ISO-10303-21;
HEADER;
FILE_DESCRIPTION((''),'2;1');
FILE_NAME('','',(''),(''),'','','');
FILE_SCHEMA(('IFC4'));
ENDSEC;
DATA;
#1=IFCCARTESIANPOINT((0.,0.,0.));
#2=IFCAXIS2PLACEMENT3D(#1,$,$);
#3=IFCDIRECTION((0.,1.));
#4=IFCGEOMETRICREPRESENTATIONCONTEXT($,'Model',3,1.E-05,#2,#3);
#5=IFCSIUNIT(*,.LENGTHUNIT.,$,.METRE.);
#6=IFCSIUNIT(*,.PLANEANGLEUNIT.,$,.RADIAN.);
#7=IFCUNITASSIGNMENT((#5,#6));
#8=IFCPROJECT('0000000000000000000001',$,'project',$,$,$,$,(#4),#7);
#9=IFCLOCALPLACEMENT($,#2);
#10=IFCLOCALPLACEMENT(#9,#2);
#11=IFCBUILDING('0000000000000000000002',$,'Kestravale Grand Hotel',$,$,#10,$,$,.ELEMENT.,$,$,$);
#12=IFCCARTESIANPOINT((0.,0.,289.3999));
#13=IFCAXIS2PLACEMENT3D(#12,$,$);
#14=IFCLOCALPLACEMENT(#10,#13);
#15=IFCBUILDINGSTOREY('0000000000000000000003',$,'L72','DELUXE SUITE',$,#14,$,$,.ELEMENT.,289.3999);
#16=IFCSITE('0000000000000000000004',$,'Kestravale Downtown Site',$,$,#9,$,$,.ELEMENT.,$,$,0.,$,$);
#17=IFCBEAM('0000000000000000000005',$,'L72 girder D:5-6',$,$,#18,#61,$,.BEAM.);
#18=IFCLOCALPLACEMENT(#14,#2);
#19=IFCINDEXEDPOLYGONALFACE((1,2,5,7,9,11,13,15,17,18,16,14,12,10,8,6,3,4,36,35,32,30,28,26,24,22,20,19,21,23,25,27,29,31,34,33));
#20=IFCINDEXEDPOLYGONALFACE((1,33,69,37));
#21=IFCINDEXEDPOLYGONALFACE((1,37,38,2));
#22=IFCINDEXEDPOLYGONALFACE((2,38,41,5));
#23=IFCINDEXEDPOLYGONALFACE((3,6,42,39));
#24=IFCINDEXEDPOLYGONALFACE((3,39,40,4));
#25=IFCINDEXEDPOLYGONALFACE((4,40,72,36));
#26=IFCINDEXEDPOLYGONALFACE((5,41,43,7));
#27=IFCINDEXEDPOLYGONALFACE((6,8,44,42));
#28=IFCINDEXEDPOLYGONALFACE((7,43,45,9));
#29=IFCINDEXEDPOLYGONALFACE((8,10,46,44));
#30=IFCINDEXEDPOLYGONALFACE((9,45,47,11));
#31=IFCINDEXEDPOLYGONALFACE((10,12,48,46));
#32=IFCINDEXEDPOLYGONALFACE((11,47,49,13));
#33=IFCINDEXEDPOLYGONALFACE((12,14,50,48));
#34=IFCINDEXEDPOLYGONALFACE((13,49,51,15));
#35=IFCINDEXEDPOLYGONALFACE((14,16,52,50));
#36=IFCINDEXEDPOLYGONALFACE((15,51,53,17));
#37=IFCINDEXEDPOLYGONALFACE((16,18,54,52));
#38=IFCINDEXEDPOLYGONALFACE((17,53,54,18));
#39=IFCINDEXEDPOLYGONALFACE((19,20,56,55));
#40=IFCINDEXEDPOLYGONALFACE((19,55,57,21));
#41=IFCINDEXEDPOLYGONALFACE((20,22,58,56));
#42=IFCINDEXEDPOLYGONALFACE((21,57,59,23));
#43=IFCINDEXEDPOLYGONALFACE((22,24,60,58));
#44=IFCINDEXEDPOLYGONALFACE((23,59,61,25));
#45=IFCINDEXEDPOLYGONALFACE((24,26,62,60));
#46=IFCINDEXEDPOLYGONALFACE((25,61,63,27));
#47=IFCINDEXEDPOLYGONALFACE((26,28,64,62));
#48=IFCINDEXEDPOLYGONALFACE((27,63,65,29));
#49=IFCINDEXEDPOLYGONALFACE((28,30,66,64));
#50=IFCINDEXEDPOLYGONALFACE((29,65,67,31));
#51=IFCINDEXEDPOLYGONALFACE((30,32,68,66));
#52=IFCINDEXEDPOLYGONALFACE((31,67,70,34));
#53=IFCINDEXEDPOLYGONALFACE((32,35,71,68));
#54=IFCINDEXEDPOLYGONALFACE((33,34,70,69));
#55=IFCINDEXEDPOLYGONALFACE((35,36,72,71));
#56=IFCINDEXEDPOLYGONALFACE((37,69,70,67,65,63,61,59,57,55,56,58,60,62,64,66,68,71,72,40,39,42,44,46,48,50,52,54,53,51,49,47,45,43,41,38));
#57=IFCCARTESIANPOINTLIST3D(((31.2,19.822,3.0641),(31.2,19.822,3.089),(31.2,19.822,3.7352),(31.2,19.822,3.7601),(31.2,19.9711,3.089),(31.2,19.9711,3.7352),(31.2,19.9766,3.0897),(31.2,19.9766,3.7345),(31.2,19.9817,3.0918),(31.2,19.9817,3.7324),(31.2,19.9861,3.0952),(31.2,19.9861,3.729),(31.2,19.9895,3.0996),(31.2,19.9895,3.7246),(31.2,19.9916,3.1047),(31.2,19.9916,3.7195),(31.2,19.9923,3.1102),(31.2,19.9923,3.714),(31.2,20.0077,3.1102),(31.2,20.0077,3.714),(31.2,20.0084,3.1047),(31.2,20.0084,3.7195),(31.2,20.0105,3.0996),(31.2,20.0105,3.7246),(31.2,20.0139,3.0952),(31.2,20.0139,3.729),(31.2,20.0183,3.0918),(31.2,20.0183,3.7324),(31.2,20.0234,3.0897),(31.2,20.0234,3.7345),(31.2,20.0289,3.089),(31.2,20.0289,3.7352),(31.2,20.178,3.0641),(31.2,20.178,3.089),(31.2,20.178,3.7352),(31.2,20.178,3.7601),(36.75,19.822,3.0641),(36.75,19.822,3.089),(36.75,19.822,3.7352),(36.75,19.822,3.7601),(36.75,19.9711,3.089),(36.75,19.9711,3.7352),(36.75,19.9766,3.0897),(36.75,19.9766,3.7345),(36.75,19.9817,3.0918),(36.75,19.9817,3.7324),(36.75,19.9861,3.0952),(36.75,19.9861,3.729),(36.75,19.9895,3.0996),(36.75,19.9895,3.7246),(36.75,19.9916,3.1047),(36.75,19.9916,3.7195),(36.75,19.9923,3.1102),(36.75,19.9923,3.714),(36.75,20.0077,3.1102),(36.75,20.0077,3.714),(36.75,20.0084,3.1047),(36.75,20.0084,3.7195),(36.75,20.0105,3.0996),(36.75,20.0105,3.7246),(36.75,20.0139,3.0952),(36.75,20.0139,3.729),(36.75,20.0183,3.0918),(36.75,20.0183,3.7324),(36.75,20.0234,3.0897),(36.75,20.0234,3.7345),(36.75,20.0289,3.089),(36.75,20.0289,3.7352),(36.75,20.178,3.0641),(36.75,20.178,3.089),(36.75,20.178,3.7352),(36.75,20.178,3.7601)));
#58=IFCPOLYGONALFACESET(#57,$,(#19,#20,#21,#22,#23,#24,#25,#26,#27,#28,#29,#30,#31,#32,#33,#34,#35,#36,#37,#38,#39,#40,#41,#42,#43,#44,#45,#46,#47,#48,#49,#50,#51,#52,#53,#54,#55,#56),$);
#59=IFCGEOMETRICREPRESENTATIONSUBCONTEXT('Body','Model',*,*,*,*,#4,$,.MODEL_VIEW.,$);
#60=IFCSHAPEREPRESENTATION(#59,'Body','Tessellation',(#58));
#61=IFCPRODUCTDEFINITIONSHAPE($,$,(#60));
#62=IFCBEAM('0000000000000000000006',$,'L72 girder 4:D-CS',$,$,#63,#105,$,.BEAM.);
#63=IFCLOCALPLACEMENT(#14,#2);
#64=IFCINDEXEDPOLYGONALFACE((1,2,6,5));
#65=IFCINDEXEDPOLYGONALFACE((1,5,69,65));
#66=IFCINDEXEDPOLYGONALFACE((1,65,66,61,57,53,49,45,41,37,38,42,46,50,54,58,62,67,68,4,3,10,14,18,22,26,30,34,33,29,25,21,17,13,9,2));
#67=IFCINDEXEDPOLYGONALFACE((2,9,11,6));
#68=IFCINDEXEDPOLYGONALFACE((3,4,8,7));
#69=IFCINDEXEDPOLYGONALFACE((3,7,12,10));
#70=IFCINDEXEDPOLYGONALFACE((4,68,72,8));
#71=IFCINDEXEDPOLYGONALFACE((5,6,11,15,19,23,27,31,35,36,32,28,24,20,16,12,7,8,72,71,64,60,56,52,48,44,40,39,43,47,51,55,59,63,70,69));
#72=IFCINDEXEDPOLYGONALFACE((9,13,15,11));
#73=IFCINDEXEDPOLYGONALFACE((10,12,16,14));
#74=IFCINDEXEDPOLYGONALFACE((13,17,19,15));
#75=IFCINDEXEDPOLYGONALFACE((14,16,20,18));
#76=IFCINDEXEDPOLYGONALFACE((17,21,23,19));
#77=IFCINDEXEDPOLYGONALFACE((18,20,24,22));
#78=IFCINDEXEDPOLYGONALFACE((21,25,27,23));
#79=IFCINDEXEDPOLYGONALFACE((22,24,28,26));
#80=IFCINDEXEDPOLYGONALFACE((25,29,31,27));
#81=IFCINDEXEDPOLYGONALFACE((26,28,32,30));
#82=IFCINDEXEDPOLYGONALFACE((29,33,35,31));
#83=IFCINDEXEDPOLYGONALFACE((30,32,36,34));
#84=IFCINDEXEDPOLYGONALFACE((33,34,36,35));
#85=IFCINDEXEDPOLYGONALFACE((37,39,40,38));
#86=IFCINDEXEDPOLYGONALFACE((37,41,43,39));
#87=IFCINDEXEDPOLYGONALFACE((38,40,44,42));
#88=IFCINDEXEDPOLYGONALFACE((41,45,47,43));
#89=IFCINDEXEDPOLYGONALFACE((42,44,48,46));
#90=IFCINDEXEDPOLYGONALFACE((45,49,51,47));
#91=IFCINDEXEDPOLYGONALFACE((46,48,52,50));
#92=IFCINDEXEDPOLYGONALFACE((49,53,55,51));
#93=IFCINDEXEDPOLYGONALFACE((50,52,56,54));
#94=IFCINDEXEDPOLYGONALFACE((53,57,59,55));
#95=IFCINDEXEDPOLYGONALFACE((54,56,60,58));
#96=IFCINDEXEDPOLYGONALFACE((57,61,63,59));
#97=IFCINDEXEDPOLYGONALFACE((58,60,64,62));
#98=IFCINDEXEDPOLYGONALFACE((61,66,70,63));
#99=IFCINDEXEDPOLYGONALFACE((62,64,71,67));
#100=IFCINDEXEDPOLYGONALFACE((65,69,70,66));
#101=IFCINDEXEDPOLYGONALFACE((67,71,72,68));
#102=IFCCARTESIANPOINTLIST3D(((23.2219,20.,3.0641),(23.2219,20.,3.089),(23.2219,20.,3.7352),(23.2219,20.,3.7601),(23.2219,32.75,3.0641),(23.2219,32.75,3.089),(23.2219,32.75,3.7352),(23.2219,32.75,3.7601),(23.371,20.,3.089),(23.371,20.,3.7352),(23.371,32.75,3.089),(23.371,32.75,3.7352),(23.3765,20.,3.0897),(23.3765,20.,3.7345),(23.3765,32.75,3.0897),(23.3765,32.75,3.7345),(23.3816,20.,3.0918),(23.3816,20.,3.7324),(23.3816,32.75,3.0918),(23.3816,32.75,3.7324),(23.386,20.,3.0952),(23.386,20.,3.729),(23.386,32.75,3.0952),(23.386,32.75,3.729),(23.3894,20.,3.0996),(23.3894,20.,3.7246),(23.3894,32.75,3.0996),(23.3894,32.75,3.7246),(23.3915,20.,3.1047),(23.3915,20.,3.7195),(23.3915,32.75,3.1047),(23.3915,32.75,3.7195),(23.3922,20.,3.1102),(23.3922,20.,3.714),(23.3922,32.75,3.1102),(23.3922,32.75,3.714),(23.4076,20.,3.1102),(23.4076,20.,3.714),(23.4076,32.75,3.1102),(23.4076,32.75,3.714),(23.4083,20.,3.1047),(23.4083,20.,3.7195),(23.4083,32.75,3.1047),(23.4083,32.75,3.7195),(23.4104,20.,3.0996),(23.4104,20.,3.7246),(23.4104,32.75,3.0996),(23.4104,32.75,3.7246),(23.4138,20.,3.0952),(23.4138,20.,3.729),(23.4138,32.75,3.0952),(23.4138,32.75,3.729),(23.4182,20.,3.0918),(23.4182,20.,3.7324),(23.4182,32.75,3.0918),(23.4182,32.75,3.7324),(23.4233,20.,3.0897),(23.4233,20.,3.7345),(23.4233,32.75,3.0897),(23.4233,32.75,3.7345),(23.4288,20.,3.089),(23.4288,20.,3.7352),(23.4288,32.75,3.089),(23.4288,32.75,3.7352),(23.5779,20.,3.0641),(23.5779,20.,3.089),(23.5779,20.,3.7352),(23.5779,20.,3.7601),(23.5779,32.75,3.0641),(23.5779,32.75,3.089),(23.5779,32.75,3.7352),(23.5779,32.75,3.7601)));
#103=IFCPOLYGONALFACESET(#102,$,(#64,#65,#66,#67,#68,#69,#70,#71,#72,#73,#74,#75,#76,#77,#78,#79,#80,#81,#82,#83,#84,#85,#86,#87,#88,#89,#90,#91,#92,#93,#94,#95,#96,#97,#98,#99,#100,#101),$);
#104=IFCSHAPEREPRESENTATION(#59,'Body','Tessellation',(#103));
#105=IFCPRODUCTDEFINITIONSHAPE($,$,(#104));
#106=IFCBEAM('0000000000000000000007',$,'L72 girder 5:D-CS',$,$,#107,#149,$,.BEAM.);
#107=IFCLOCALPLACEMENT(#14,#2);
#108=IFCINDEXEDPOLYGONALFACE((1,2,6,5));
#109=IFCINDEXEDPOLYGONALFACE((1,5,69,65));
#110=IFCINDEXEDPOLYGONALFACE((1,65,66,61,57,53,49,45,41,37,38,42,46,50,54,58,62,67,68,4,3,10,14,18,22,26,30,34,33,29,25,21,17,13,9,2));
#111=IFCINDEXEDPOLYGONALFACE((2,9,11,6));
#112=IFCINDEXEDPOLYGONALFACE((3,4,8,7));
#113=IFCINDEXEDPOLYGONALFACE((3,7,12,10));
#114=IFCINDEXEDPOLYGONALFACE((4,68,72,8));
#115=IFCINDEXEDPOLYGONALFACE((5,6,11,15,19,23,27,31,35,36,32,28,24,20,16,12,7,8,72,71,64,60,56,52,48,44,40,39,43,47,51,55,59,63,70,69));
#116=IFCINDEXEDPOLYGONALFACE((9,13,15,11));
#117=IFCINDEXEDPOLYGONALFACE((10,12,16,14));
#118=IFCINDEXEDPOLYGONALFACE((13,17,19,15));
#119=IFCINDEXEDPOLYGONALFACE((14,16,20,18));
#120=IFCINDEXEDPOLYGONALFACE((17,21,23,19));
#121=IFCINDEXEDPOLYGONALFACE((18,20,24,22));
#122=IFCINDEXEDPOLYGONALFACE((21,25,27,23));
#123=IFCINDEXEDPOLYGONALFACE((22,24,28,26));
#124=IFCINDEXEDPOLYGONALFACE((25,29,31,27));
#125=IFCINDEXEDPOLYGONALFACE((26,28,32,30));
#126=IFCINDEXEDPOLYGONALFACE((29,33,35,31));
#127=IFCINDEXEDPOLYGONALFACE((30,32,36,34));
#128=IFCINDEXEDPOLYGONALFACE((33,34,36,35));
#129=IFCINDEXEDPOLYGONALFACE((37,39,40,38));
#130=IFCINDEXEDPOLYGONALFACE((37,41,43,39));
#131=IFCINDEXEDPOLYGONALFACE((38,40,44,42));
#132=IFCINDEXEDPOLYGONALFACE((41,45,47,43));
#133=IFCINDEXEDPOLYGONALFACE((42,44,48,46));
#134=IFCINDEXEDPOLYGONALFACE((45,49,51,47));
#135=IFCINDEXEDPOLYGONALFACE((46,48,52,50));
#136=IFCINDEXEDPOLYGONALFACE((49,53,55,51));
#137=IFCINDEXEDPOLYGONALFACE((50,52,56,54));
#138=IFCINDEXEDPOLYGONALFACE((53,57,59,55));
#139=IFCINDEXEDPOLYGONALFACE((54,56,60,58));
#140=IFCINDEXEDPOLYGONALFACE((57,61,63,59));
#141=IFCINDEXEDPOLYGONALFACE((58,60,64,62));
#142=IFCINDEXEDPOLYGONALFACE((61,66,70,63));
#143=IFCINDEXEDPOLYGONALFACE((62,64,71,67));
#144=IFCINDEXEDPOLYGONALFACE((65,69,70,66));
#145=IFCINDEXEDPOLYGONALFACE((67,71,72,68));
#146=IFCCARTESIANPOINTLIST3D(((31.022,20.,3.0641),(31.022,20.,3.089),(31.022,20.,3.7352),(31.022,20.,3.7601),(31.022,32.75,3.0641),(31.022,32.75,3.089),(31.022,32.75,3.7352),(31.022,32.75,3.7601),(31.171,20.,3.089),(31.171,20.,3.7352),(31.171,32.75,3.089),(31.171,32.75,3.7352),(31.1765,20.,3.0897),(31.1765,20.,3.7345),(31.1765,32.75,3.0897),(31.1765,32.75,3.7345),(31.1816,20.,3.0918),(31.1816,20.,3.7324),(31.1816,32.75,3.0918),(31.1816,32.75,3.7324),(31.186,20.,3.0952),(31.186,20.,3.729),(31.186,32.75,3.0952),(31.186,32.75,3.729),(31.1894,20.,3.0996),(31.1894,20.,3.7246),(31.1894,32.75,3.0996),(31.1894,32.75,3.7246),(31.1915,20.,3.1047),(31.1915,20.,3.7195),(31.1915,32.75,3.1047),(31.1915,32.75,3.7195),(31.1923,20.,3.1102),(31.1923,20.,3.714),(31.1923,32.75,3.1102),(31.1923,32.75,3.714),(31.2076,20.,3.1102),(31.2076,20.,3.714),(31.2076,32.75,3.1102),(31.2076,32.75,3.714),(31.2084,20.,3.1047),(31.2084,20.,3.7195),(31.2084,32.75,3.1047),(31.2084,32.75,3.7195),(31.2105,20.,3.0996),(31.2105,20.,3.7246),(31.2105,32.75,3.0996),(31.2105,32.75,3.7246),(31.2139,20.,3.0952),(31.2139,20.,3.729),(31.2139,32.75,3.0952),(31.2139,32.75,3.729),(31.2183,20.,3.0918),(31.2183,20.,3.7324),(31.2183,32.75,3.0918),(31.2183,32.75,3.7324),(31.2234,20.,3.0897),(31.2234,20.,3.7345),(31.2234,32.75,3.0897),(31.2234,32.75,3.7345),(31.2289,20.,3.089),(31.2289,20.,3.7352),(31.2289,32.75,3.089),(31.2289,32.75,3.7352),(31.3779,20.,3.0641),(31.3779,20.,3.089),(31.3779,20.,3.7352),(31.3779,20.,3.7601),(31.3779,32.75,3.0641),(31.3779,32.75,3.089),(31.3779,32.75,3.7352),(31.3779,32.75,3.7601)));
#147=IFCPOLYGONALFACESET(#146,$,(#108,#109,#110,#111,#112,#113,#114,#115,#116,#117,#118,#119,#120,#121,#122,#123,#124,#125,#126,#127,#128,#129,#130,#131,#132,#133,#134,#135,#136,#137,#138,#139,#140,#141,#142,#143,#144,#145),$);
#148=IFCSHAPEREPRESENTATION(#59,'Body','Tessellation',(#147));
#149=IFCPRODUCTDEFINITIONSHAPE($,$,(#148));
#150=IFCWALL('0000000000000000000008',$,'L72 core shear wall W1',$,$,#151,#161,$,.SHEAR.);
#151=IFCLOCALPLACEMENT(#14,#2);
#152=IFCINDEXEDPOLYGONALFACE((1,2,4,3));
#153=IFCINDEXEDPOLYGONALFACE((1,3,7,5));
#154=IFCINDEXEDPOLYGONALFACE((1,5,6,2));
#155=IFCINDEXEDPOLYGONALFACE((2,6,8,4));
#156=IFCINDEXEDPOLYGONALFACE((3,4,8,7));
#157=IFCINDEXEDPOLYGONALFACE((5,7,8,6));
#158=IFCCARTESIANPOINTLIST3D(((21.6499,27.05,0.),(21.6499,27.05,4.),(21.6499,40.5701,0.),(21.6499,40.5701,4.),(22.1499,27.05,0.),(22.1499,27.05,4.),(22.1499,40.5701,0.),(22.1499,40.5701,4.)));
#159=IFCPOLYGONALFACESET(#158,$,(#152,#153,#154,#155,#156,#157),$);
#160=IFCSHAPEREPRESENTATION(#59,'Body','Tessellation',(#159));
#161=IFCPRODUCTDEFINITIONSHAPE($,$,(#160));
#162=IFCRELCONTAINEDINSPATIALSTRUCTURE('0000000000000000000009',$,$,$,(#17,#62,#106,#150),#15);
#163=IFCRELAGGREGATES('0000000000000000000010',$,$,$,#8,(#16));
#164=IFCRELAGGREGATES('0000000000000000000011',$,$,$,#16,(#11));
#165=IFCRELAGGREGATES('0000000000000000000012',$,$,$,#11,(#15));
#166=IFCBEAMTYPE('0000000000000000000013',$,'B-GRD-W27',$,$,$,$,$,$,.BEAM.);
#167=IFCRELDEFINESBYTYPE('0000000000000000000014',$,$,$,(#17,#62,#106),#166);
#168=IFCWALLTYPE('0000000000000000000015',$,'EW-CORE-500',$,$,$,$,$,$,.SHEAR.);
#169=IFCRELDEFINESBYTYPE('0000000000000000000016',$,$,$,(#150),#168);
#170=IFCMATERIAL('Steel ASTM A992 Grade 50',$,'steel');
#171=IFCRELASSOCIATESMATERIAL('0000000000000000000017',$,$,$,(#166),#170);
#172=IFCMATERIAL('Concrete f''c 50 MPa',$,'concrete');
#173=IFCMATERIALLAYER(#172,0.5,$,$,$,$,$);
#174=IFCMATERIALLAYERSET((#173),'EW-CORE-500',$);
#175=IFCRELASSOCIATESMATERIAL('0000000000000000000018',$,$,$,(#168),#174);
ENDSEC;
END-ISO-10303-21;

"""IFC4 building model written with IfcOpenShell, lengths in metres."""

from ifc_helpers import new_model, si_unit, direction, frame, frame_2d, origin, origin_2d, place, context, subcontext, project, spatial, rectangle, i_section, extrude, material, layer, layer_set, material_profile, profile_set, type_object, element, save


model = new_model("IFC4")

# Units and contexts
model_context = context("Model", 3, precision=1e-05, world=origin(), true_north=direction((0.0, 1.0)))
body_context = subcontext(model_context, "Body", "Model", "MODEL_VIEW")
ifc_project = project(units=[si_unit("LENGTHUNIT", "METRE"), si_unit("PLANEANGLEUNIT", "RADIAN")], contexts=[model_context])

# Site, building, storey
site_placement = place(None, origin())
site = spatial("IfcSite", under=ifc_project, at=site_placement, Name="Kestravale Downtown Site", CompositionType="ELEMENT", RefElevation=0.0)
building_placement = place(site_placement, origin())
building = spatial("IfcBuilding", under=site, at=building_placement, Name="Kestravale Grand Hotel", CompositionType="ELEMENT")
storey_placement = place(building_placement, frame((0.0, 0.0, 289.3999)))
storey = spatial("IfcBuildingStorey", under=building, at=storey_placement, Name="L72", Description="DELUXE SUITE", CompositionType="ELEMENT", Elevation=289.3999)

# Beams
ifc_material_1 = material(Name="Steel ASTM A992 Grade 50", Category="steel")
ifc_material_profile_1 = material_profile(ifc_material_1, i_section(OverallWidth=0.356, OverallDepth=0.696, WebThickness=0.0154, FlangeThickness=0.0249, FilletRadius=0.0212, at=origin_2d()))
ifc_profile_set_1 = profile_set([ifc_material_profile_1], Name="Steel ASTM A992 Grade 50")
beam_type = type_object("IfcBeamType", Name="B-GRD-W27", PredefinedType="BEAM", material=ifc_profile_set_1)
beam_1_placement = place(storey_placement, frame((31.2, 20.0, 3.4121), z_axis=(1.0, 0.0, 0.0), x_axis=(0.0, 1.0, 0.0)))
element("IfcBeam", 1, at=beam_1_placement, inside=storey, type_object=beam_type, Name="L72 girder D:5-6", PredefinedType="BEAM", context=body_context, shape_type="SweptSolid", body=[
    extrude(i_section(OverallWidth=0.356, OverallDepth=0.696, WebThickness=0.0154, FlangeThickness=0.0249, FilletRadius=0.0212, at=origin_2d()), origin(), (0.0, 0.0, 1.0), 5.55),
])
for number, where, z_axis, x_axis, name in (
    (2, (23.3999, 20.0, 3.4121), (0.0, 1.0, 0.0), (-1.0, 0.0, 0.0), "L72 girder 4:D-CS"),
    (3, (31.2, 20.0, 3.4121), (0.0, 1.0, 0.0), (-1.0, 0.0, 0.0), "L72 girder 5:D-CS"),
):
    element("IfcBeam", number, at=place(storey_placement, frame(where, z_axis=z_axis, x_axis=x_axis)), inside=storey, type_object=beam_type, Name=name, PredefinedType="BEAM", context=body_context, shape_type="SweptSolid", body=[
        extrude(i_section(OverallWidth=0.356, OverallDepth=0.696, WebThickness=0.0154, FlangeThickness=0.0249, FilletRadius=0.0212, at=origin_2d()), origin(), (0.0, 0.0, 1.0), 12.75),
    ])

# Wall
ifc_material_2 = material(Name="Concrete f'c 50 MPa", Category="concrete")
ifc_layer_1 = layer(ifc_material_2, 0.5)
ifc_layer_set_1 = layer_set([ifc_layer_1], Name="EW-CORE-500")
wall_type_1 = type_object("IfcWallType", Name="EW-CORE-500", PredefinedType="SHEAR", material=ifc_layer_set_1)
wall_1_placement = place(storey_placement, frame((21.8999, 27.05, 0.0), z_axis=(0.0, 0.0, 1.0), x_axis=(0.0, 1.0, 0.0)))
element("IfcWall", 4, at=wall_1_placement, inside=storey, type_object=wall_type_1, Name="L72 core shear wall W1", PredefinedType="SHEAR", context=body_context, shape_type="SweptSolid", body=[
    extrude(rectangle(XDim=13.52, YDim=0.5, at=frame_2d((6.76, 0.0))), origin(), (0.0, 0.0, 1.0), 4.0),
])

save(model, "model.ifc")
